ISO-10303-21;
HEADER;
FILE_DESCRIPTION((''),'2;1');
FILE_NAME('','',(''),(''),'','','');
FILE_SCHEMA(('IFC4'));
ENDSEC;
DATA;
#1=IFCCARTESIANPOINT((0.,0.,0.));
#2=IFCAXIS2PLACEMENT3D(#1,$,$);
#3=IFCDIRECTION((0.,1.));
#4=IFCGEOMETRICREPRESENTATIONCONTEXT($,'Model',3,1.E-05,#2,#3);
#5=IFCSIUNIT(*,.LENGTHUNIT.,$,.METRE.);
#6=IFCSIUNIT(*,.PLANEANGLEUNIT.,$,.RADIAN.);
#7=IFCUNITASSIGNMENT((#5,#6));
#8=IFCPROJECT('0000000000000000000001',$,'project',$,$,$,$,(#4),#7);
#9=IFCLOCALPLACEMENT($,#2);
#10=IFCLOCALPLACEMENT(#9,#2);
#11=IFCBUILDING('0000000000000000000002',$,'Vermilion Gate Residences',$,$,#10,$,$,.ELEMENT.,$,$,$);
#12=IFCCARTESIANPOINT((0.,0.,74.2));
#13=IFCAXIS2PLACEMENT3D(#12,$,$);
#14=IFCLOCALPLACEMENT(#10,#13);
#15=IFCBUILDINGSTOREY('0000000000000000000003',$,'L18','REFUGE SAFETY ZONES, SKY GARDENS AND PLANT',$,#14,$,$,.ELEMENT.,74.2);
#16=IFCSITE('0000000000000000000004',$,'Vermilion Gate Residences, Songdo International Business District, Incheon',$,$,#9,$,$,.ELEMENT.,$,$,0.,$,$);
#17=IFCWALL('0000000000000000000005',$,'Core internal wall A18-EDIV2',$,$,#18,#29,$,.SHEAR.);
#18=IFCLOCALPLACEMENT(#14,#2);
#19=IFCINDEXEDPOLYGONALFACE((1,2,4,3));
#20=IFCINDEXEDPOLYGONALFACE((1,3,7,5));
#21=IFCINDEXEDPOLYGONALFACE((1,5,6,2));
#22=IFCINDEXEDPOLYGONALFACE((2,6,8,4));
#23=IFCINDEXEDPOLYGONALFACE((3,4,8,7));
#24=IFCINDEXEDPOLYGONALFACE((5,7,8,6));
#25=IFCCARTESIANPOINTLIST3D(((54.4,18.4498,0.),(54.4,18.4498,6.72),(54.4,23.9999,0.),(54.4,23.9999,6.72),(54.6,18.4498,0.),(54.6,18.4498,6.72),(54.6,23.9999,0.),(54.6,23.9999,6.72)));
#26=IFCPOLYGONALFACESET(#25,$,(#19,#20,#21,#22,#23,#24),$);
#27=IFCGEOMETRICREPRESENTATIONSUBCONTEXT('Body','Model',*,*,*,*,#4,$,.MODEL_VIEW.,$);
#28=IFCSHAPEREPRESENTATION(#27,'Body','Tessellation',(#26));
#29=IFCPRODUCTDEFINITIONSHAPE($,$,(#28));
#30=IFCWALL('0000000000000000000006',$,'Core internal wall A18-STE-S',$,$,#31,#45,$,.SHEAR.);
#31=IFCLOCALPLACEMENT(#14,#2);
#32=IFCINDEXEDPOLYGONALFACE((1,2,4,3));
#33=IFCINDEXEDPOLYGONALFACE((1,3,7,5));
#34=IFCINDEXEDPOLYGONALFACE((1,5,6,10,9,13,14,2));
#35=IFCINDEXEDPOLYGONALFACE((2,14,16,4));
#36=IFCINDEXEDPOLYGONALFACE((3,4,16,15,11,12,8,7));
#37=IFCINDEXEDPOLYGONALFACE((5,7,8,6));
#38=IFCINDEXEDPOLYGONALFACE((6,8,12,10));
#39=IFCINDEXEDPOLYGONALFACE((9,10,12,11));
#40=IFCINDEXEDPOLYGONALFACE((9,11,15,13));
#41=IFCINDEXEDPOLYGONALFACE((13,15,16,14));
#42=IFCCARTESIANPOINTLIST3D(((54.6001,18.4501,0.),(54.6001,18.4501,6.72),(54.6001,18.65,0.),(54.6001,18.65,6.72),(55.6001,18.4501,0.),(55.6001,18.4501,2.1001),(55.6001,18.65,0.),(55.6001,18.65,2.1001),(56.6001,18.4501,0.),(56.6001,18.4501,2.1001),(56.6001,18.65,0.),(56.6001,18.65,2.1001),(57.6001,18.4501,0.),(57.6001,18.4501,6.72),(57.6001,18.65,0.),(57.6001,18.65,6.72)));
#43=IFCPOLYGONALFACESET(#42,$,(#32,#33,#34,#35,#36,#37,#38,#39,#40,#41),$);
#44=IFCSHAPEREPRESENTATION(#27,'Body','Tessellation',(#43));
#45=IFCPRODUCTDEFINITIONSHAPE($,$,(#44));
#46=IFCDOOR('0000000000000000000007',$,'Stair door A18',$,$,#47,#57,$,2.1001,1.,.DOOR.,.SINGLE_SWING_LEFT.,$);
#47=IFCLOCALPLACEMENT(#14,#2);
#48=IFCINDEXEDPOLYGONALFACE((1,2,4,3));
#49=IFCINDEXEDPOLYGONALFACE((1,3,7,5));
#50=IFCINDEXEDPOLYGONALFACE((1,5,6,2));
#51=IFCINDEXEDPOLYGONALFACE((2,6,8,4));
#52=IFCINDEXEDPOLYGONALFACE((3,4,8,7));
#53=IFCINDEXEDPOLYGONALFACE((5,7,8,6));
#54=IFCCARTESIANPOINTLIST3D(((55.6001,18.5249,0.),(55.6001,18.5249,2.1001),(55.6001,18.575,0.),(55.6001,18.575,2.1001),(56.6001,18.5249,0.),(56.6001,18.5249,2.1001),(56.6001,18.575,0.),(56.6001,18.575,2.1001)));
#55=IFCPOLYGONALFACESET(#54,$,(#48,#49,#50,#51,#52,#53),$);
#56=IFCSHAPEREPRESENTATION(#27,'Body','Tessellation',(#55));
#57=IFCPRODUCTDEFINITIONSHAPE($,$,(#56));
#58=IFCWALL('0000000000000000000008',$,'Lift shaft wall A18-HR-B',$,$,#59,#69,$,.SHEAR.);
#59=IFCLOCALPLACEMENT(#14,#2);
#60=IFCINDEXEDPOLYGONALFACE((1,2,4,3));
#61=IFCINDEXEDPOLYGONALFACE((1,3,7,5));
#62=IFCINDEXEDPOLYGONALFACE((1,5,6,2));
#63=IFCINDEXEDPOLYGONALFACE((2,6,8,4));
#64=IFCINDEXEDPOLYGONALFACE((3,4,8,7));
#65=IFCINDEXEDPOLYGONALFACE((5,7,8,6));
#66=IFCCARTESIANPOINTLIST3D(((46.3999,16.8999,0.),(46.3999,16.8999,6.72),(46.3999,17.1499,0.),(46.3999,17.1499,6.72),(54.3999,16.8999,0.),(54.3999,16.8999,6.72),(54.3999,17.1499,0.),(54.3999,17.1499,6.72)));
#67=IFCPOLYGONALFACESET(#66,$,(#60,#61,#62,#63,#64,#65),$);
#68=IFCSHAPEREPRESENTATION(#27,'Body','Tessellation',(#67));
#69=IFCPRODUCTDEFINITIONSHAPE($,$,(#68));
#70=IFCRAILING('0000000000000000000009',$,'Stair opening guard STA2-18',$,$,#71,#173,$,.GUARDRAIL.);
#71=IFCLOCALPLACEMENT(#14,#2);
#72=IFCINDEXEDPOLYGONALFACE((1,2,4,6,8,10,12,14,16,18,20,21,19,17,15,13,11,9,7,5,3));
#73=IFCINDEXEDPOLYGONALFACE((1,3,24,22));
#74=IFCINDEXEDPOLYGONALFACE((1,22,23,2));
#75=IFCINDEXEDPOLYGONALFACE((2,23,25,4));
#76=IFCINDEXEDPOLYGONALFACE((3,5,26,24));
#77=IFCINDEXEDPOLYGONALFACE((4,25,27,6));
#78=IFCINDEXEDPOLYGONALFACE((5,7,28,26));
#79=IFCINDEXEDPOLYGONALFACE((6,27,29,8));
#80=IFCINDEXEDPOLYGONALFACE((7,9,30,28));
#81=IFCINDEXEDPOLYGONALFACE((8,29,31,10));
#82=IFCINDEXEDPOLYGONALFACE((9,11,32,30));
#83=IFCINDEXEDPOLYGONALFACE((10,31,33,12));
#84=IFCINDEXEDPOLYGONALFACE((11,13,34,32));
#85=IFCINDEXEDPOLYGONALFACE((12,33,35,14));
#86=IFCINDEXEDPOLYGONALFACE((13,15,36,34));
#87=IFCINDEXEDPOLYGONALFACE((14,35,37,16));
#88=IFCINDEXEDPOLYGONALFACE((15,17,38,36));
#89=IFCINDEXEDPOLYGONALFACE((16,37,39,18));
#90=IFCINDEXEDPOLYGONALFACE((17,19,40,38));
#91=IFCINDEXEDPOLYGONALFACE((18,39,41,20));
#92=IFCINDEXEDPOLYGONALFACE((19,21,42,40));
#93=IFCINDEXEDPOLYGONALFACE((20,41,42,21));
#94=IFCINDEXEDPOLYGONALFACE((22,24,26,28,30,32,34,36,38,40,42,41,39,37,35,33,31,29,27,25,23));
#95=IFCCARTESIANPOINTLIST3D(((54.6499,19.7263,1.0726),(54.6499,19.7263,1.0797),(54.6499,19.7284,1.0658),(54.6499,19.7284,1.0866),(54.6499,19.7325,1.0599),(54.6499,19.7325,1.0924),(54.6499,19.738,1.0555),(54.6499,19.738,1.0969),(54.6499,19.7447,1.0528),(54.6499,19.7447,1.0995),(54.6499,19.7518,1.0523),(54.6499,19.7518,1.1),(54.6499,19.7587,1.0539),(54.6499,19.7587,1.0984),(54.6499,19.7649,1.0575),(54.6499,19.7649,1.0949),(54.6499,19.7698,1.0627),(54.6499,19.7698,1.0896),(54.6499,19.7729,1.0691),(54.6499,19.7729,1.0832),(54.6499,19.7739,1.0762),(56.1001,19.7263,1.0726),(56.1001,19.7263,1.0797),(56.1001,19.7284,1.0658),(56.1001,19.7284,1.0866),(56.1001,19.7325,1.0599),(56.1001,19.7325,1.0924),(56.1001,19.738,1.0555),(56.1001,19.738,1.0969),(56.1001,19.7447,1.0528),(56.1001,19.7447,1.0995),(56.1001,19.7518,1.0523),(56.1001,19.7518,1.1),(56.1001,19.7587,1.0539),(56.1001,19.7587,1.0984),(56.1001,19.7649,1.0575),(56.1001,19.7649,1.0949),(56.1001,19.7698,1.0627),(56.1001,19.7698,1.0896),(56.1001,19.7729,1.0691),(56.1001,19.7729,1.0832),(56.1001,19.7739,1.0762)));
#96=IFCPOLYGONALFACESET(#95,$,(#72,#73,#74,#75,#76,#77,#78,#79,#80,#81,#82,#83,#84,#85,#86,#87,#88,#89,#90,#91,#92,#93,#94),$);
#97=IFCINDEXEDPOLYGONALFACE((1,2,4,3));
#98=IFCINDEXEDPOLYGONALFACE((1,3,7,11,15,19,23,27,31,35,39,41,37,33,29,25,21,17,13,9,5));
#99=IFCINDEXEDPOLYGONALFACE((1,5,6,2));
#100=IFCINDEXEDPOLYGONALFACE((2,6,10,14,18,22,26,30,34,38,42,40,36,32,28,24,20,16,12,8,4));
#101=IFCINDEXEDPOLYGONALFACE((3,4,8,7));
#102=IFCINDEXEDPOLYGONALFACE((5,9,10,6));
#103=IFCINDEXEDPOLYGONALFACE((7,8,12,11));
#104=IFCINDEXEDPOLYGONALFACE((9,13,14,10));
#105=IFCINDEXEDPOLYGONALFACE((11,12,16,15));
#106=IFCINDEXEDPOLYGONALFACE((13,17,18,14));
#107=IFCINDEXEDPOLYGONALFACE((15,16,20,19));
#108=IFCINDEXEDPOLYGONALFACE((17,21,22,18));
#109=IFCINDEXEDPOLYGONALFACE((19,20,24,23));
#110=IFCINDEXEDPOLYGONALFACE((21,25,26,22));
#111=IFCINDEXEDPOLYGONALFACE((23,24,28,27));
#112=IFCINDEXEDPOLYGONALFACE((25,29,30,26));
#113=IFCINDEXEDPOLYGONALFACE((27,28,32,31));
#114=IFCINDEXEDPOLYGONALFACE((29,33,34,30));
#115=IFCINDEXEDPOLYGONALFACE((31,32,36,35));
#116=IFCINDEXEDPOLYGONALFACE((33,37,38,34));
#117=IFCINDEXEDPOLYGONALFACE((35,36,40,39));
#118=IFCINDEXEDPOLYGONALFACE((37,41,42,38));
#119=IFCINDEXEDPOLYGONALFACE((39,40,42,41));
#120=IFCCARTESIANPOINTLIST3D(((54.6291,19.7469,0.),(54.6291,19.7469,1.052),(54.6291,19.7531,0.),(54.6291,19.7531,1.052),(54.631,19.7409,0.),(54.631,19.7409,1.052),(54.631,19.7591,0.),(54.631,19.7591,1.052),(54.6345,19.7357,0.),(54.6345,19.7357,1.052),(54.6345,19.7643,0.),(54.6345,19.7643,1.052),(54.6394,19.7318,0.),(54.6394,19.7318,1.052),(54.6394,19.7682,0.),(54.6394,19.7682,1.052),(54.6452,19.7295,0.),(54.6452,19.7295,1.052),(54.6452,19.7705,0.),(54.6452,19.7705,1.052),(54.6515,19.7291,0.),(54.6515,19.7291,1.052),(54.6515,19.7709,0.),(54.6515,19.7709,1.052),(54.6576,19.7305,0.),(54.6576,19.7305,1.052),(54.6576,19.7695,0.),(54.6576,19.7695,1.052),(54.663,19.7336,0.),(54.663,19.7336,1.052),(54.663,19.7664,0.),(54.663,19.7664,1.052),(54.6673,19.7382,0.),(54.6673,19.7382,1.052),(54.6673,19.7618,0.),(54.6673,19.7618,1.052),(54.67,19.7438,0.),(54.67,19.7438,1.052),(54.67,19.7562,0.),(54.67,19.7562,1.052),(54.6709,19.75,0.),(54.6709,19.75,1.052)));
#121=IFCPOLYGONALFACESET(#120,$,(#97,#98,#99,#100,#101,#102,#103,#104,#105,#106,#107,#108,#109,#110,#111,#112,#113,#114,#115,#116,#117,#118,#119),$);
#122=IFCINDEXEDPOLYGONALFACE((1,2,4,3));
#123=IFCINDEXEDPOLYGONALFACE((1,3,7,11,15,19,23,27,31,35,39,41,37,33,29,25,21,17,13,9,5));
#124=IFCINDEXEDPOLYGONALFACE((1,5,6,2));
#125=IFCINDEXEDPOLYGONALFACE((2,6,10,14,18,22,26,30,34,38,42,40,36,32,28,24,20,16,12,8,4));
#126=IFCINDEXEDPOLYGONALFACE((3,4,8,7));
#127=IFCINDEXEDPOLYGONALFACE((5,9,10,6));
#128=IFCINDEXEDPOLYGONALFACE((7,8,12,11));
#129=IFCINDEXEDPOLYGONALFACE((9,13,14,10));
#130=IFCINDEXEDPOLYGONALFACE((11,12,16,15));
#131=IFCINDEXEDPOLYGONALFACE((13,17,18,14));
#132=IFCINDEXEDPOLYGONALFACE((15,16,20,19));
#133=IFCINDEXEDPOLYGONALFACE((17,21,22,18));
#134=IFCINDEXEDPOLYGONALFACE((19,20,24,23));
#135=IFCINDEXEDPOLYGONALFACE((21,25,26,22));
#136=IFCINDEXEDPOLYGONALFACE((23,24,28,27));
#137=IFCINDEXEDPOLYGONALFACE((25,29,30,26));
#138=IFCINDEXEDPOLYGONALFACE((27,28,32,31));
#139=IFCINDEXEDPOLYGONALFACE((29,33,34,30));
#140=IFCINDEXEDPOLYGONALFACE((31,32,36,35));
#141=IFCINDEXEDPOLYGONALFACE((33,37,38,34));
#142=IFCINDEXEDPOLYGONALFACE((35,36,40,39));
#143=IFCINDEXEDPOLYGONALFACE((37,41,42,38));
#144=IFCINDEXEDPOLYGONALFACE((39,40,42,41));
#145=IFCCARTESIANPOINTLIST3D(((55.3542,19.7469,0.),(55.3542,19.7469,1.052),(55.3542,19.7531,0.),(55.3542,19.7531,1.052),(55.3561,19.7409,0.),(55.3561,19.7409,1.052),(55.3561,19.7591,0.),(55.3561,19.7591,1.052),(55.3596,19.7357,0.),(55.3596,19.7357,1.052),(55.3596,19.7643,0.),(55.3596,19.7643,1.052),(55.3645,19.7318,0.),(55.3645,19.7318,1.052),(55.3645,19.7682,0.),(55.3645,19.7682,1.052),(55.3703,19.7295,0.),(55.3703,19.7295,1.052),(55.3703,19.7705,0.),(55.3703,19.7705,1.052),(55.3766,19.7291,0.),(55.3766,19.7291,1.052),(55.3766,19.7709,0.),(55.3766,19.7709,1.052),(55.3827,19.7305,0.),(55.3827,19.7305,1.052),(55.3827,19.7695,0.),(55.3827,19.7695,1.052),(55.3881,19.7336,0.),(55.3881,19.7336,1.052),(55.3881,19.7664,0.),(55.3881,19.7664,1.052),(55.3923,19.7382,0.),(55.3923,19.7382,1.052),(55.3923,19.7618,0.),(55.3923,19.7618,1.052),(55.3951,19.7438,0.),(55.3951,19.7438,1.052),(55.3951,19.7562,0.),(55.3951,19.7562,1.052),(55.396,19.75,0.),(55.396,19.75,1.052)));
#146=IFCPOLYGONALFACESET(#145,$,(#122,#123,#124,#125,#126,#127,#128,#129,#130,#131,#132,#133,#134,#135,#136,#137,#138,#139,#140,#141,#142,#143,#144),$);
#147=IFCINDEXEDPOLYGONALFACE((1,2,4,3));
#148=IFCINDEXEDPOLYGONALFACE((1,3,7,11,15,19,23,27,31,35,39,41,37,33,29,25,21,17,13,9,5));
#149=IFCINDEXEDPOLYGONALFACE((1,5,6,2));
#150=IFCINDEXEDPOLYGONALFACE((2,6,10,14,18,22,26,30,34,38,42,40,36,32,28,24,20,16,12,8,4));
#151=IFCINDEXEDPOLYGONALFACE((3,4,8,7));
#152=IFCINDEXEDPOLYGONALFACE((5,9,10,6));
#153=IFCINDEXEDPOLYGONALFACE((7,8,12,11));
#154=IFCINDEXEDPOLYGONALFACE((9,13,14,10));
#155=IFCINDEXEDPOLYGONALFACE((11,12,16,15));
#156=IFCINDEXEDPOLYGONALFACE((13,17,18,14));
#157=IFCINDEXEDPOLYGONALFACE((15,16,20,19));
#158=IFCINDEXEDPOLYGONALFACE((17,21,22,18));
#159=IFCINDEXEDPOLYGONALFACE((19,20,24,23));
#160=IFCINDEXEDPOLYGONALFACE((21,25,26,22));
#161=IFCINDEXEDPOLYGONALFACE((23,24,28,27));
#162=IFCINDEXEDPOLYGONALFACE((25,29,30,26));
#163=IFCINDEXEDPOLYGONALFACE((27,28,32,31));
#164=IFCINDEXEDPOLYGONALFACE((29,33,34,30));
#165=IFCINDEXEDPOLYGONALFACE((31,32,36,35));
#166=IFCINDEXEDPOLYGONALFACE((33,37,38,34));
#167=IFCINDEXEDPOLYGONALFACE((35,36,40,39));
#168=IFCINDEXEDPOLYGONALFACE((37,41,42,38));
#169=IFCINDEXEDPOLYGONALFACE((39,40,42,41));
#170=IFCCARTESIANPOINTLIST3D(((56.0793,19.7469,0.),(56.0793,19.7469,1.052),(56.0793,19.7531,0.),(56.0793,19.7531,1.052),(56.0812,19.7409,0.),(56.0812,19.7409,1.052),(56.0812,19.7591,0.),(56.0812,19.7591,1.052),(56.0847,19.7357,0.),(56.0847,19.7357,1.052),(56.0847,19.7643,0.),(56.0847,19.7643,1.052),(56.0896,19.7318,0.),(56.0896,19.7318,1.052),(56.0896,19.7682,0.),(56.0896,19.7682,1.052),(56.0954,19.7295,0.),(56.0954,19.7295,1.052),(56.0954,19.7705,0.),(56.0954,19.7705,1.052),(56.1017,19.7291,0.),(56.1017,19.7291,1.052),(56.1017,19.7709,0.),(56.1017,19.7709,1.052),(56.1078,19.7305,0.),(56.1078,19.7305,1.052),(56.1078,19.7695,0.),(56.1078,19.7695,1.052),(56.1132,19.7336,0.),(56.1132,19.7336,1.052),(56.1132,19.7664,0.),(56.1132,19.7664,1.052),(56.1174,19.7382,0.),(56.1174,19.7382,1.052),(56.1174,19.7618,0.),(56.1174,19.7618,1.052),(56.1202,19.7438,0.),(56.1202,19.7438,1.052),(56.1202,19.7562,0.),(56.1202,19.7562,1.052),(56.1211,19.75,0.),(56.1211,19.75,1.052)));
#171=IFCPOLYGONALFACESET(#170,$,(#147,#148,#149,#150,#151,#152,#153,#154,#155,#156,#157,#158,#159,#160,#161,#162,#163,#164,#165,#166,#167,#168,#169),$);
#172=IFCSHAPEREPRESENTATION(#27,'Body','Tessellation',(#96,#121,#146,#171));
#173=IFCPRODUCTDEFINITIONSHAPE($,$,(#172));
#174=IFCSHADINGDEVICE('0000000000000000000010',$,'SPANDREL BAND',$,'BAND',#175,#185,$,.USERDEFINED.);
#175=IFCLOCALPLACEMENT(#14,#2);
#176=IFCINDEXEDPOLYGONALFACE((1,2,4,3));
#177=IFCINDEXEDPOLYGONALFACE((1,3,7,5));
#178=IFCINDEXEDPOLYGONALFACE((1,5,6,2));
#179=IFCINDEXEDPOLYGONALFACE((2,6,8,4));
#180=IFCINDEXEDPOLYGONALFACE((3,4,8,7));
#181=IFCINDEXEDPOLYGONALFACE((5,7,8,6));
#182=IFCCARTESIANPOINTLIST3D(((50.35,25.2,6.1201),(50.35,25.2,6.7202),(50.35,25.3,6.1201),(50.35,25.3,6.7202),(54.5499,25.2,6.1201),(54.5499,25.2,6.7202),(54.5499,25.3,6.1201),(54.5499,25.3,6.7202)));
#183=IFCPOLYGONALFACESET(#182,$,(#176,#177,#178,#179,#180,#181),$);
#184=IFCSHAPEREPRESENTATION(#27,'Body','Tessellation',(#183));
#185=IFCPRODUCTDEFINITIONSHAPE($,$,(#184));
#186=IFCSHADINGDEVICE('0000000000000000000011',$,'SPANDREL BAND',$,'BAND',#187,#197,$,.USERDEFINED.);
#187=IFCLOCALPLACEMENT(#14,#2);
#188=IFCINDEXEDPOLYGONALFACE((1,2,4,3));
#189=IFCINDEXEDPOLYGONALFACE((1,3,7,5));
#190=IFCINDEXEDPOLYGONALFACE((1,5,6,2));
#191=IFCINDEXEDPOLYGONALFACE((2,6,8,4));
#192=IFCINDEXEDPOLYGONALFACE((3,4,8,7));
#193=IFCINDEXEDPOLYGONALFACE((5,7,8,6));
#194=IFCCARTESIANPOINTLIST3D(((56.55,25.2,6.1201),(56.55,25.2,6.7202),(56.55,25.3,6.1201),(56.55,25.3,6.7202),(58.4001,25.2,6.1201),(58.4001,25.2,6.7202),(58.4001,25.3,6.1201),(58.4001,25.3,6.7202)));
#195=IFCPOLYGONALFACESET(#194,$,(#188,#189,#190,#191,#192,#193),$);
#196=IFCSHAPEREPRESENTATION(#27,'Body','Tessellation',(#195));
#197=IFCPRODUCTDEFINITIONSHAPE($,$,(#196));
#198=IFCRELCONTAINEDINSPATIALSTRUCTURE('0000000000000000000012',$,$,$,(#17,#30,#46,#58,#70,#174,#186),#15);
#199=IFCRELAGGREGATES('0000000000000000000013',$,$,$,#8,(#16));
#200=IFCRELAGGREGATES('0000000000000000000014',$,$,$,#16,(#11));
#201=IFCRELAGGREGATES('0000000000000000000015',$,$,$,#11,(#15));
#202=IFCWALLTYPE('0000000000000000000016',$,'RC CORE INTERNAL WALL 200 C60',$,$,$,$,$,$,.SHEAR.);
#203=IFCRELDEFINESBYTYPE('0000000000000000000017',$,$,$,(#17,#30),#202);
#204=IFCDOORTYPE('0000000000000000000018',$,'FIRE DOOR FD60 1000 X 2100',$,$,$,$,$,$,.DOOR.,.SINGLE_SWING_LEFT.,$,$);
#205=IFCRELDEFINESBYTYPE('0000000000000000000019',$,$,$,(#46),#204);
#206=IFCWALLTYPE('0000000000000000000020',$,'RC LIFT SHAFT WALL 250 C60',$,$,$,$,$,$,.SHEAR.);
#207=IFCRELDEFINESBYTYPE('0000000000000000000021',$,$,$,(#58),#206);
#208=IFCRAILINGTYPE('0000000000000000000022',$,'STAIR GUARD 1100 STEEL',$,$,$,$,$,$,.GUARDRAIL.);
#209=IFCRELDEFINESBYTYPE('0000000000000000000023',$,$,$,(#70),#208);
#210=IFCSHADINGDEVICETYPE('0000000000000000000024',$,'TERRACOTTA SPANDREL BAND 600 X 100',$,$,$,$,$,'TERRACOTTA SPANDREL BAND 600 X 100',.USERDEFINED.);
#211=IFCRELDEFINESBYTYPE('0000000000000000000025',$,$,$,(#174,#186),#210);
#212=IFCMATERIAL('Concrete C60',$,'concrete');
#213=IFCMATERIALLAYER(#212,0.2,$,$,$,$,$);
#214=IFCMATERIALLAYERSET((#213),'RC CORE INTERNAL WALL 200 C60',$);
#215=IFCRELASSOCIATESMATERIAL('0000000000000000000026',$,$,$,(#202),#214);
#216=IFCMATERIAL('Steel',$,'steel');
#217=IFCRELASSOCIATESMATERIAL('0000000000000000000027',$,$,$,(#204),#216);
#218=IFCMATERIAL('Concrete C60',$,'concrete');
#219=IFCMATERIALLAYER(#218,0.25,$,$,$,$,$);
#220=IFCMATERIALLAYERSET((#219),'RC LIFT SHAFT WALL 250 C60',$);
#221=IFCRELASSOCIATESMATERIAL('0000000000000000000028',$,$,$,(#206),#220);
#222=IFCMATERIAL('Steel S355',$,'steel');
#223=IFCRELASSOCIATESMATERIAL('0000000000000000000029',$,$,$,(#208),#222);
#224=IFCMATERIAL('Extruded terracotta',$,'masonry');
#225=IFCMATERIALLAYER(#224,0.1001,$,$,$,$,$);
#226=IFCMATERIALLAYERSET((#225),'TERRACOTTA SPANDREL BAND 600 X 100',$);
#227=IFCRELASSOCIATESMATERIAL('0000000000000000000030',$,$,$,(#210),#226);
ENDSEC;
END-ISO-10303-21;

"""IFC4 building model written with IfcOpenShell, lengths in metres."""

from ifc_helpers import new_model, si_unit, direction, frame, frame_2d, origin, origin_2d, place, context, subcontext, project, spatial, rectangle, circle, extrude, material, layer, layer_set, type_object, element, fill, save


model = new_model("IFC4")

# Units and contexts
model_context = context("Model", 3, precision=1e-05, world=origin(), true_north=direction((0.0, 1.0)))
body_context = subcontext(model_context, "Body", "Model", "MODEL_VIEW")
ifc_project = project(units=[si_unit("LENGTHUNIT", "METRE"), si_unit("PLANEANGLEUNIT", "RADIAN")], contexts=[model_context])

# Site, building, storey
site_placement = place(None, origin())
site = spatial("IfcSite", under=ifc_project, at=site_placement, Name="Vermilion Gate Residences, Songdo International Business District, Incheon", CompositionType="ELEMENT", RefElevation=0.0)
building_placement = place(site_placement, origin())
building = spatial("IfcBuilding", under=site, at=building_placement, Name="Vermilion Gate Residences", CompositionType="ELEMENT")
storey_placement = place(building_placement, frame((0.0, 0.0, 74.2)))
storey = spatial("IfcBuildingStorey", under=building, at=storey_placement, Name="L18", Description="REFUGE SAFETY ZONES, SKY GARDENS AND PLANT", CompositionType="ELEMENT", Elevation=74.2)

# Shared definitions
ifc_material_1 = material(Name="Concrete C60", Category="concrete")
ifc_layer_1 = layer(ifc_material_1, 0.2)
ifc_layer_set_1 = layer_set([ifc_layer_1], Name="RC CORE INTERNAL WALL 200 C60")
wall_type_1 = type_object("IfcWallType", Name="RC CORE INTERNAL WALL 200 C60", PredefinedType="SHEAR", material=ifc_layer_set_1)

# Wall
wall_1_placement = place(storey_placement, frame((54.5, 18.45, 0.0), z_axis=(0.0, 0.0, 1.0), x_axis=(0.0, 1.0, 0.0)))
element("IfcWall", 1, at=wall_1_placement, inside=storey, type_object=wall_type_1, Name="Core internal wall A18-EDIV2", PredefinedType="SHEAR", context=body_context, shape_type="SweptSolid", body=[
    extrude(rectangle(XDim=5.55, YDim=0.2, at=frame_2d((2.7749, 0.0))), origin(), (0.0, 0.0, 1.0), 6.72),
])

# Wall, opening, door
wall_2_placement = place(storey_placement, frame((54.6001, 18.55, 0.0), z_axis=(0.0, 0.0, 1.0), x_axis=(1.0, 0.0, 0.0)))
wall_2 = element("IfcWall", 2, at=wall_2_placement, inside=storey, type_object=wall_type_1, Name="Core internal wall A18-STE-S", PredefinedType="SHEAR", context=body_context, shape_type="SweptSolid", body=[
    extrude(rectangle(XDim=3.0, YDim=0.2, at=frame_2d((1.5, 0.0))), origin(), (0.0, 0.0, 1.0), 6.72),
])
opening_1_placement = place(wall_2_placement, frame((1.0, 0.0, 0.0)))
opening_1 = element("IfcOpeningElement", 3, at=opening_1_placement, cuts=wall_2, PredefinedType="OPENING", context=body_context, shape_type="SweptSolid", body=[
    extrude(rectangle(XDim=1.0, YDim=2.1001, at=frame_2d((0.5, 1.05))), frame((0.0, 0.1099, 0.0), z_axis=(0.0, -1.0, 0.0), x_axis=(1.0, 0.0, 0.0)), (0.0, 0.0, 1.0), 0.22),
])
ifc_material_2 = material(Name="Steel", Category="steel")
door_type_1 = type_object("IfcDoorType", Name="FIRE DOOR FD60 1000 X 2100", OperationType="SINGLE_SWING_LEFT", PredefinedType="DOOR", material=ifc_material_2)
door_1_placement = place(opening_1_placement, origin())
door_1 = element("IfcDoor", 4, at=door_1_placement, inside=storey, type_object=door_type_1, Name="Stair door A18", OperationType="SINGLE_SWING_LEFT", OverallHeight=2.1001, OverallWidth=1.0, PredefinedType="DOOR", context=body_context, shape_type="SweptSolid", body=[
    extrude(rectangle(XDim=1.0, YDim=2.1001, at=frame_2d((0.5, 1.05))), frame((0.0, 0.0249, 0.0), z_axis=(0.0, -1.0, 0.0), x_axis=(1.0, 0.0, 0.0)), (0.0, 0.0, 1.0), 0.05),
])
fill(opening_1, door_1)

# Wall
ifc_material_3 = material(Name="Concrete C60", Category="concrete")
ifc_layer_2 = layer(ifc_material_3, 0.25)
ifc_layer_set_2 = layer_set([ifc_layer_2], Name="RC LIFT SHAFT WALL 250 C60")
wall_type_2 = type_object("IfcWallType", Name="RC LIFT SHAFT WALL 250 C60", PredefinedType="SHEAR", material=ifc_layer_set_2)
wall_3_placement = place(storey_placement, frame((46.3999, 17.0249, 0.0), z_axis=(0.0, 0.0, 1.0), x_axis=(1.0, 0.0, 0.0)))
element("IfcWall", 5, at=wall_3_placement, inside=storey, type_object=wall_type_2, Name="Lift shaft wall A18-HR-B", PredefinedType="SHEAR", context=body_context, shape_type="SweptSolid", body=[
    extrude(rectangle(XDim=8.0, YDim=0.25, at=frame_2d((4.0, 0.0))), origin(), (0.0, 0.0, 1.0), 6.72),
])

# Railing
ifc_material_4 = material(Name="Steel S355", Category="steel")
railing_type = type_object("IfcRailingType", Name="STAIR GUARD 1100 STEEL", PredefinedType="GUARDRAIL", material=ifc_material_4)
railing_placement = place(storey_placement, frame((54.6499, 19.75, 0.0)))
element("IfcRailing", 6, at=railing_placement, inside=storey, type_object=railing_type, Name="Stair opening guard STA2-18", PredefinedType="GUARDRAIL", context=body_context, shape_type="SweptSolid", body=[
    extrude(circle(Radius=0.0239, at=origin_2d()), frame((0.0, 0.0, 1.0762), z_axis=(1.0, 0.0, 0.0), x_axis=(0.0, 1.0, 0.0)), (0.0, 0.0, 1.0), 1.4502),
    extrude(circle(Radius=0.021, at=origin_2d()), origin(), (0.0, 0.0, 1.0), 1.052),
    extrude(circle(Radius=0.021, at=origin_2d()), frame((0.7251, 0.0, 0.0)), (0.0, 0.0, 1.0), 1.052),
    extrude(circle(Radius=0.021, at=origin_2d()), frame((1.4502, 0.0, 0.0)), (0.0, 0.0, 1.0), 1.052),
])

# Shading devices
ifc_material_5 = material(Name="Extruded terracotta", Category="masonry")
ifc_layer_3 = layer(ifc_material_5, 0.1001)
ifc_layer_set_3 = layer_set([ifc_layer_3], Name="TERRACOTTA SPANDREL BAND 600 X 100")
shading_device_type = type_object("IfcShadingDeviceType", Name="TERRACOTTA SPANDREL BAND 600 X 100", ElementType="TERRACOTTA SPANDREL BAND 600 X 100", PredefinedType="USERDEFINED", material=ifc_layer_set_3)
shading_device_1_placement = place(storey_placement, frame((52.45, 25.25, 6.1201), z_axis=(0.0, 0.0, 1.0), x_axis=(1.0, 0.0, 0.0)))
element("IfcShadingDevice", 7, at=shading_device_1_placement, inside=storey, type_object=shading_device_type, Name="SPANDREL BAND", ObjectType="BAND", PredefinedType="USERDEFINED", context=body_context, shape_type="SweptSolid", body=[
    extrude(rectangle(XDim=4.2, YDim=0.1001, at=origin_2d()), origin(), (0.0, 0.0, 1.0), 0.6001),
])
shading_device_2_placement = place(storey_placement, frame((57.4751, 25.25, 6.1201), z_axis=(0.0, 0.0, 1.0), x_axis=(1.0, 0.0, 0.0)))
element("IfcShadingDevice", 8, at=shading_device_2_placement, inside=storey, type_object=shading_device_type, Name="SPANDREL BAND", ObjectType="BAND", PredefinedType="USERDEFINED", context=body_context, shape_type="SweptSolid", body=[
    extrude(rectangle(XDim=1.8501, YDim=0.1001, at=origin_2d()), origin(), (0.0, 0.0, 1.0), 0.6001),
])

save(model, "model.ifc")
